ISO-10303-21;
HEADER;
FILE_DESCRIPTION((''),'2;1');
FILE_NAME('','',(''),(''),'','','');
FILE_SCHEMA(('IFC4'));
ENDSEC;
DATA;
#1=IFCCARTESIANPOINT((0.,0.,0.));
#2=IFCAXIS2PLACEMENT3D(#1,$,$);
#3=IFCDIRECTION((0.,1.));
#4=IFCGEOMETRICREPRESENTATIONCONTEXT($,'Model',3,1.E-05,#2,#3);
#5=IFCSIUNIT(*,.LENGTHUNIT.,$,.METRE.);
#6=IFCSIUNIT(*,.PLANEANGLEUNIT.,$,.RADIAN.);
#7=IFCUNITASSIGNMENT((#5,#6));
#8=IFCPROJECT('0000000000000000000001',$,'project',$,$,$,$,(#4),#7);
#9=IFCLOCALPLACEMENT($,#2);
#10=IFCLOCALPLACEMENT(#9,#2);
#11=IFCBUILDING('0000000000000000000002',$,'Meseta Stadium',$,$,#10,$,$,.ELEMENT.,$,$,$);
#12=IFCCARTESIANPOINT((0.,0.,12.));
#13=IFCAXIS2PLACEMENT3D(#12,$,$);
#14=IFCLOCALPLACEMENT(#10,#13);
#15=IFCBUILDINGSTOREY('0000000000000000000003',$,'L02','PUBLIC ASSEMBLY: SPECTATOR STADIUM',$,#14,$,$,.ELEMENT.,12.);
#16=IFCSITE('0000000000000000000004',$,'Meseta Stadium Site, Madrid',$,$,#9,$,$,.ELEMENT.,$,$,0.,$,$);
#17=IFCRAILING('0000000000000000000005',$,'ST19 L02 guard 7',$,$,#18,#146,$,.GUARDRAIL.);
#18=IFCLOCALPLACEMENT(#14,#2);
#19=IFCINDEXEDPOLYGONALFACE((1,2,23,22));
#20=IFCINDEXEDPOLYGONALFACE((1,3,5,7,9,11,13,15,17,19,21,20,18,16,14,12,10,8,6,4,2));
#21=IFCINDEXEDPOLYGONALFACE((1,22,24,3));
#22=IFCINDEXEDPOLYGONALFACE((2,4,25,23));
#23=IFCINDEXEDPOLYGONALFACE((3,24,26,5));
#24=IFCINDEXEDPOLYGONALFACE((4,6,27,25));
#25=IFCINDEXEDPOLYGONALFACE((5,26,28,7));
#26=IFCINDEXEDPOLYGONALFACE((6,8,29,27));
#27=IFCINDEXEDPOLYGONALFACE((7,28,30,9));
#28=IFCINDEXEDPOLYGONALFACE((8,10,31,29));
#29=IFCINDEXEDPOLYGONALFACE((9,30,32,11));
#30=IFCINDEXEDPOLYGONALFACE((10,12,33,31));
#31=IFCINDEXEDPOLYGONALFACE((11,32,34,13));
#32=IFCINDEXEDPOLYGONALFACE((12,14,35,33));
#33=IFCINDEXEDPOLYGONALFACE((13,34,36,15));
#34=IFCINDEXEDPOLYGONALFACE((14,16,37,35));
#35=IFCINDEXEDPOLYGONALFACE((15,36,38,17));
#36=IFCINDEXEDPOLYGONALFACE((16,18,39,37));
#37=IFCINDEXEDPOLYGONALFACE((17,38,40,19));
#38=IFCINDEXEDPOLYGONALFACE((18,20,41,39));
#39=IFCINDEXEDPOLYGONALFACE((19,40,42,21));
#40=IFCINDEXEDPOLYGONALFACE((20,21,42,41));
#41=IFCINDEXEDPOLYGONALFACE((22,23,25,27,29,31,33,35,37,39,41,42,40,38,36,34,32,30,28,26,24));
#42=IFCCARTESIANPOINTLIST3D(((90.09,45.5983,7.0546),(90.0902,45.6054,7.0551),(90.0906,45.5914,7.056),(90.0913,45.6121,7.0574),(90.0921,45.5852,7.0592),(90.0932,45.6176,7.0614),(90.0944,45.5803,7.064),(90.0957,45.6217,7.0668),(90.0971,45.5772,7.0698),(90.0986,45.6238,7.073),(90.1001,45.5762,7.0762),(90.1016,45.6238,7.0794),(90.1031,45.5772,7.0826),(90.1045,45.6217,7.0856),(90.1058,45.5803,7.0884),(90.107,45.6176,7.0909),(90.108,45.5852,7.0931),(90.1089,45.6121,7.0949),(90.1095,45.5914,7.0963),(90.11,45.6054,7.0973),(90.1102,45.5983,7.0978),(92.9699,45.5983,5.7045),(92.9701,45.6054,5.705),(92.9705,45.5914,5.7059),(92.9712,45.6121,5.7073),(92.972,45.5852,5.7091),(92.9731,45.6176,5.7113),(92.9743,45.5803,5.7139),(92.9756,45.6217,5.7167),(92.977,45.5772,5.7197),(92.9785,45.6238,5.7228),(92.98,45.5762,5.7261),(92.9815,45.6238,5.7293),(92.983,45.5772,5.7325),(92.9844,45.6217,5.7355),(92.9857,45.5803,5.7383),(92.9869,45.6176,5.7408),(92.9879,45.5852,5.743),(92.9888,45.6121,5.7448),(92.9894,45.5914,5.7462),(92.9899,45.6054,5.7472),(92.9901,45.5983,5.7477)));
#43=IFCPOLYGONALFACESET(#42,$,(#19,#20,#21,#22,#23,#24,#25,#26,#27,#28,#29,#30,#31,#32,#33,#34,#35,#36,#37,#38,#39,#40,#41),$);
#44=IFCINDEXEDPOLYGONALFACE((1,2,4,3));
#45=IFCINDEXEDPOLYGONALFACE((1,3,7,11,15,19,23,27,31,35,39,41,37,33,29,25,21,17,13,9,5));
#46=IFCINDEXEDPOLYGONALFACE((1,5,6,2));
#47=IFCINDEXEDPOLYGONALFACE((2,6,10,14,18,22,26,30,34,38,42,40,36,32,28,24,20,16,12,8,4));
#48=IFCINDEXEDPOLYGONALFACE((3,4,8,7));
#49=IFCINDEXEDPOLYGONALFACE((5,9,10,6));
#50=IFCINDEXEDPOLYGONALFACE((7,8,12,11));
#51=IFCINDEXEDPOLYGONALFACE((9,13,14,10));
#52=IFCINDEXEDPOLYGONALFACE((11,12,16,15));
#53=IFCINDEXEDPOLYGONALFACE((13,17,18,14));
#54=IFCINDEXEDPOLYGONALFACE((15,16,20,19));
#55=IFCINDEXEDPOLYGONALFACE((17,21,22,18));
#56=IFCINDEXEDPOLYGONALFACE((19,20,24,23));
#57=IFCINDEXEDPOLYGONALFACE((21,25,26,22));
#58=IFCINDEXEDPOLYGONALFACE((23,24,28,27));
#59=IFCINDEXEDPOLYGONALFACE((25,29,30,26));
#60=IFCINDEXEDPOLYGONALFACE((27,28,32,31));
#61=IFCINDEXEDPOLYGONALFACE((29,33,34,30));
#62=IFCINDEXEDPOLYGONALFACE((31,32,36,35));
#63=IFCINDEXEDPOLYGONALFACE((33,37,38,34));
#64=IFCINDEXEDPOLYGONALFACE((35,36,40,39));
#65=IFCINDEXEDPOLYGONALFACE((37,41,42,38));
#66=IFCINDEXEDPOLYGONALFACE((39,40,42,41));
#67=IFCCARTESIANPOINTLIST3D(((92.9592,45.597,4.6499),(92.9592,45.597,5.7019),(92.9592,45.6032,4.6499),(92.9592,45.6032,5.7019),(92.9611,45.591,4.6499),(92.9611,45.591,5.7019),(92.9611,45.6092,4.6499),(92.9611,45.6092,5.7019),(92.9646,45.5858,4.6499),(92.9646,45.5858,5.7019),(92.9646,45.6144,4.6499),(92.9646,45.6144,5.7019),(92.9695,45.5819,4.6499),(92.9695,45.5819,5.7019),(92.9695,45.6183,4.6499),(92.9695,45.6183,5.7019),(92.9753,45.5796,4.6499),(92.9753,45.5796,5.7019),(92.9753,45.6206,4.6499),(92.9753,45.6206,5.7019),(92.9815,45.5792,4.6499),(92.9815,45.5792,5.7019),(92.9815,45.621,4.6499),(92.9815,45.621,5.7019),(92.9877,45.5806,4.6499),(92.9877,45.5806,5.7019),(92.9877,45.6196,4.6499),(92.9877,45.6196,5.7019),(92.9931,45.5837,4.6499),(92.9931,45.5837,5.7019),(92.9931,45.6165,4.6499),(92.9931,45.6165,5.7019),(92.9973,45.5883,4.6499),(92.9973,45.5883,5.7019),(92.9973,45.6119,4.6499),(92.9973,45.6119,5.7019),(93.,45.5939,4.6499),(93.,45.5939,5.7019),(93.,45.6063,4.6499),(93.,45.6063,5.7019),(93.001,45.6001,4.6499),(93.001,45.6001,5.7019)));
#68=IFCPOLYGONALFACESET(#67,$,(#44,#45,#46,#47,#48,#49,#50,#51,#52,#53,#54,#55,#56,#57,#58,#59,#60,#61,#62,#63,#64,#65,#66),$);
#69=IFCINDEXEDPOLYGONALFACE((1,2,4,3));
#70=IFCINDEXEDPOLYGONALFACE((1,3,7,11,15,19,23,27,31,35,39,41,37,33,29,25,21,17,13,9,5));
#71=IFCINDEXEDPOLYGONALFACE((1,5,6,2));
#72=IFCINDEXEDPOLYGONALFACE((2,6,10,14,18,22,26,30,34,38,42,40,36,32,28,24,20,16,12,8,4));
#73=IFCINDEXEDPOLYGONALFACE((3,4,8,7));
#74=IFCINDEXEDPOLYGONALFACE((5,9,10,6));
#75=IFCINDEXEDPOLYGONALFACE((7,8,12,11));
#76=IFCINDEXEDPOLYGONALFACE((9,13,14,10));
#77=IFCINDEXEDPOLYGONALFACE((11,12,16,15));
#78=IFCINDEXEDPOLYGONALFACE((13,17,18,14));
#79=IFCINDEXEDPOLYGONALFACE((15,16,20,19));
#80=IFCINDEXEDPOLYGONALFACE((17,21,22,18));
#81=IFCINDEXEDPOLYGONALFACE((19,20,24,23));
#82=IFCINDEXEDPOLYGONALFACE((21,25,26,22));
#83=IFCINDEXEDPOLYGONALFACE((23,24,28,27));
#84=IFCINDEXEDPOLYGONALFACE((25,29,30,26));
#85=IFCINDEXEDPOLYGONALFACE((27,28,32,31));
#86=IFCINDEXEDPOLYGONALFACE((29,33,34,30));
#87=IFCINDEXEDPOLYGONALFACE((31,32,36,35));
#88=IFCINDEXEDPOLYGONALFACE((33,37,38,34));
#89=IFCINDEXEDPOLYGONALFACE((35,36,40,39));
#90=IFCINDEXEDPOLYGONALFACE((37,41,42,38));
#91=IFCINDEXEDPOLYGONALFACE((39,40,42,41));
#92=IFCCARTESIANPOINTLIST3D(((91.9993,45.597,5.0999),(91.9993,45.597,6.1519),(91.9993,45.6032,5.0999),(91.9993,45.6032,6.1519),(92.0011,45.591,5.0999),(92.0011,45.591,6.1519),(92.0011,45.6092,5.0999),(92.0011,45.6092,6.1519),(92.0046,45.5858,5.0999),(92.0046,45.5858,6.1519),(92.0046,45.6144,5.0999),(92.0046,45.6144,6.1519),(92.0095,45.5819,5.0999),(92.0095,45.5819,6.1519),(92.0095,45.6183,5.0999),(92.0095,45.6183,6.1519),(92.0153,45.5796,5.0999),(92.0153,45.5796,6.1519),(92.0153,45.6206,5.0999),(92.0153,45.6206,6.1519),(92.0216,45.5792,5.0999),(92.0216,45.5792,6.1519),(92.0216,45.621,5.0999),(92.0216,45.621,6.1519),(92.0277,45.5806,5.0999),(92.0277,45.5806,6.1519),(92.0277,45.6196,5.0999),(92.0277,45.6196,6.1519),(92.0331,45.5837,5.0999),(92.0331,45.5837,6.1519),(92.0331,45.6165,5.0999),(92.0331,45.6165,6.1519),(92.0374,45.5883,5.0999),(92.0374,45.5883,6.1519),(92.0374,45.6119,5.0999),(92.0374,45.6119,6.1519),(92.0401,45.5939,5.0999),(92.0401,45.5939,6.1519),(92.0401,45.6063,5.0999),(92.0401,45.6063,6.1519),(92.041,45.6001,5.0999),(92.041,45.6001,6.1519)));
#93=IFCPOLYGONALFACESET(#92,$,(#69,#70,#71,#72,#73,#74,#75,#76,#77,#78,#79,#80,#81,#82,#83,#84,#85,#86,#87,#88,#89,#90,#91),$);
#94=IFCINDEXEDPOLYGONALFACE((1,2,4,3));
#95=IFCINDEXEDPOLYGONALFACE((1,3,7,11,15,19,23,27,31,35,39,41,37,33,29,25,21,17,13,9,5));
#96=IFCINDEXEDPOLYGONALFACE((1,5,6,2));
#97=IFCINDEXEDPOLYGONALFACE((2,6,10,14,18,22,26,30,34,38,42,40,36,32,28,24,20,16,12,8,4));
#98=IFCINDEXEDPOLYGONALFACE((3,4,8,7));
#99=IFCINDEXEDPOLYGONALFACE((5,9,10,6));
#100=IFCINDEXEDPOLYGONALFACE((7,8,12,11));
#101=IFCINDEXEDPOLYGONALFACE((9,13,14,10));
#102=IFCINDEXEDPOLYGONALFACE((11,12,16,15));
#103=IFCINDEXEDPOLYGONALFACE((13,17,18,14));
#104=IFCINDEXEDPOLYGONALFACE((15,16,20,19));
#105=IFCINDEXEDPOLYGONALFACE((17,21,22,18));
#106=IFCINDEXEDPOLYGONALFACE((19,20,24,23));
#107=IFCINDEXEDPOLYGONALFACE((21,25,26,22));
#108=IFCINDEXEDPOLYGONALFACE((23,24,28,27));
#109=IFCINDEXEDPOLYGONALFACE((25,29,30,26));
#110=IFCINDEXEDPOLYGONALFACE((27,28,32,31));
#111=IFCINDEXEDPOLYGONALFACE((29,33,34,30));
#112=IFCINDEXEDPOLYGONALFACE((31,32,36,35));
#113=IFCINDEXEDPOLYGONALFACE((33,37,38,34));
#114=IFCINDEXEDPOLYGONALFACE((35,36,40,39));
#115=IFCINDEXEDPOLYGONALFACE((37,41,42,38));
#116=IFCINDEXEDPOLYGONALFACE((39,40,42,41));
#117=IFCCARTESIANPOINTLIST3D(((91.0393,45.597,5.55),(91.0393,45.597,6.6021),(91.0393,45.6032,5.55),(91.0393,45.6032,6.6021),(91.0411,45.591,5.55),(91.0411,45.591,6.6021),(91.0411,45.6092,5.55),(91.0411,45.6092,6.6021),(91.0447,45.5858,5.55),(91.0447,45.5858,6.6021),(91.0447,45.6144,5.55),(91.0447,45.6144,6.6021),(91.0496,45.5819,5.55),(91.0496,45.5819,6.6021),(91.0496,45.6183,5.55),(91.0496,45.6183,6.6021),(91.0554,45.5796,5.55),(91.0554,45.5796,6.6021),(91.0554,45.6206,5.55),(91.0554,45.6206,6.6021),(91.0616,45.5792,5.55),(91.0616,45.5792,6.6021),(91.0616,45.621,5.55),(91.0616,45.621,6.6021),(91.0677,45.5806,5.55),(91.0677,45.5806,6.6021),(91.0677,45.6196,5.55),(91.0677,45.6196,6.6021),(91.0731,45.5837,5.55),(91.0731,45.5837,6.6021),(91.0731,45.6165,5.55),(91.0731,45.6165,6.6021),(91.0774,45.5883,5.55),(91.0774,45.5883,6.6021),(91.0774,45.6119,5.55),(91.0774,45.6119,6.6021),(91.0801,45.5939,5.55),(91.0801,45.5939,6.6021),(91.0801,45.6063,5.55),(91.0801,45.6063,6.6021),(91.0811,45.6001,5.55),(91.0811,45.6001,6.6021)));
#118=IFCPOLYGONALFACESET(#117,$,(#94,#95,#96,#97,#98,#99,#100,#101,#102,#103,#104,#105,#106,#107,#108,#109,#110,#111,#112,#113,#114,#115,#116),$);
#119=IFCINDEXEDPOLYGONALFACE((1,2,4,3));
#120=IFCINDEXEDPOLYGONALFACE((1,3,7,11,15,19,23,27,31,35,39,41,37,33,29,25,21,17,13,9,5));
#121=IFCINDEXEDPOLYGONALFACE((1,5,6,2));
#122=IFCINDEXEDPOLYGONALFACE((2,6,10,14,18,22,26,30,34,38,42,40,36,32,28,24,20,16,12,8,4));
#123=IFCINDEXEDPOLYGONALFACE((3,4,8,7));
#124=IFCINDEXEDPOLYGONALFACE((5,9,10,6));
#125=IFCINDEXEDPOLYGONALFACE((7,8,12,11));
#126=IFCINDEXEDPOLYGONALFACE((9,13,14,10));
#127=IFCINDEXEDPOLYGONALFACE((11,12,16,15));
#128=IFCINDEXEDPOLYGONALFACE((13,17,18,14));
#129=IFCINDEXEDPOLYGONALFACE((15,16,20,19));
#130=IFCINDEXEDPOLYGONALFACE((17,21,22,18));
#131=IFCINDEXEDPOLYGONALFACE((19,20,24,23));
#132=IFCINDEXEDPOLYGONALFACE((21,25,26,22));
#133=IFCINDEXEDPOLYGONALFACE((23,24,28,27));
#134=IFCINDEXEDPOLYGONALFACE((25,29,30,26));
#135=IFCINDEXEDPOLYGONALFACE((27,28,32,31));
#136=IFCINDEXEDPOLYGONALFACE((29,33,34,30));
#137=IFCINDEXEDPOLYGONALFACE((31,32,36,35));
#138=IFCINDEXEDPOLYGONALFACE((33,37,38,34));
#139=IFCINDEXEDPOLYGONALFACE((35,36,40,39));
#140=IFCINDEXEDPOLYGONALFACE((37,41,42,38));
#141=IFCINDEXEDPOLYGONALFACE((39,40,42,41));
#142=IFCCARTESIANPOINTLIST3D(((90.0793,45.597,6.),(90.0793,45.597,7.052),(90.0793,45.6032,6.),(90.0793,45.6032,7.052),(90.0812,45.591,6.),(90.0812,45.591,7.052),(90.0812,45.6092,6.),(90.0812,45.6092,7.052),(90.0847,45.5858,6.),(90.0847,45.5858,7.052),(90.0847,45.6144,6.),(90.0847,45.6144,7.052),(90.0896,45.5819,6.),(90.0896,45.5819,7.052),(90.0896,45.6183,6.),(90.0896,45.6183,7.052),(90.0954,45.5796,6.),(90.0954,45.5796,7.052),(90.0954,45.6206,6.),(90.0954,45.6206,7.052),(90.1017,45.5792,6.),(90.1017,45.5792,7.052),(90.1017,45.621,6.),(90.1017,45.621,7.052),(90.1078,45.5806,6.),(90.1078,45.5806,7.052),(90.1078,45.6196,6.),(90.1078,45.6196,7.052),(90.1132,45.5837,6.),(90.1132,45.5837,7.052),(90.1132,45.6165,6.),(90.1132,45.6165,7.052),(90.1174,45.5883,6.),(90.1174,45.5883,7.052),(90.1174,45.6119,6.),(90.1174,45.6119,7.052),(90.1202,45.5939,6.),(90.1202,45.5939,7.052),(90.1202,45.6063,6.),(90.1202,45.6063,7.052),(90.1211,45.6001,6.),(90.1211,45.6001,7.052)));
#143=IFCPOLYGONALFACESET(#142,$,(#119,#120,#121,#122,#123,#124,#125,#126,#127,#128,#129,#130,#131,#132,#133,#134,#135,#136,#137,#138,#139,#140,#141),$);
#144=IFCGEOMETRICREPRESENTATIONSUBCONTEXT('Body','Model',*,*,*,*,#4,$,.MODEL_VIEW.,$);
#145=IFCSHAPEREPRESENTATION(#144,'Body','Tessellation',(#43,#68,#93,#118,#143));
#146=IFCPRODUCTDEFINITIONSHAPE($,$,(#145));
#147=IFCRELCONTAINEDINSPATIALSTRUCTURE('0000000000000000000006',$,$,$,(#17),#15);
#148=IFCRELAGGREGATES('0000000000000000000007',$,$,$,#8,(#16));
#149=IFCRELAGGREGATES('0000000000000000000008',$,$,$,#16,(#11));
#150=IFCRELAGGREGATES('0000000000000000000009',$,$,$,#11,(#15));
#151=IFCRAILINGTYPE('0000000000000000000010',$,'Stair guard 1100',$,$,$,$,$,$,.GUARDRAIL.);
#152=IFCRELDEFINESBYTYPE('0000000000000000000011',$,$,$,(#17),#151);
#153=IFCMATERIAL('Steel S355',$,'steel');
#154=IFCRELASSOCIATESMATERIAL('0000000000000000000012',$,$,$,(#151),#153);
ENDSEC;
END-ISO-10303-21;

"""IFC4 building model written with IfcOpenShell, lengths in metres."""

from ifc_helpers import new_model, si_unit, direction, frame, origin, origin_2d, place, context, subcontext, project, spatial, circle, extrude, material, type_object, element, save


model = new_model("IFC4")

# Units and contexts
model_context = context("Model", 3, precision=1e-05, world=origin(), true_north=direction((0.0, 1.0)))
body_context = subcontext(model_context, "Body", "Model", "MODEL_VIEW")
ifc_project = project(units=[si_unit("LENGTHUNIT", "METRE"), si_unit("PLANEANGLEUNIT", "RADIAN")], contexts=[model_context])

# Site, building, storey
site_placement = place(None, origin())
site = spatial("IfcSite", under=ifc_project, at=site_placement, Name="Meseta Stadium Site, Madrid", CompositionType="ELEMENT", RefElevation=0.0)
building_placement = place(site_placement, origin())
building = spatial("IfcBuilding", under=site, at=building_placement, Name="Meseta Stadium", CompositionType="ELEMENT")
storey_placement = place(building_placement, frame((0.0, 0.0, 12.0)))
storey = spatial("IfcBuildingStorey", under=building, at=storey_placement, Name="L02", Description="PUBLIC ASSEMBLY: SPECTATOR STADIUM", CompositionType="ELEMENT", Elevation=12.0)

# Railing
ifc_material_1 = material(Name="Steel S355", Category="steel")
railing_type_1 = type_object("IfcRailingType", Name="Stair guard 1100", PredefinedType="GUARDRAIL", material=ifc_material_1)
railing_1_placement = place(storey_placement, frame((92.98, 45.6001, 4.6499)))
element("IfcRailing", 1, at=railing_1_placement, inside=storey, type_object=railing_type_1, Name="ST19 L02 guard 7", PredefinedType="GUARDRAIL", context=body_context, shape_type="SweptSolid", body=[
    extrude(circle(Radius=0.0239, at=origin_2d()), frame((0.0, 0.0, 1.0762), z_axis=(-0.90544, 0.0, 0.424473), x_axis=(0.0, -1.0, 0.0)), (0.0, 0.0, 1.0), 3.1807),
    extrude(circle(Radius=0.021, at=origin_2d()), origin(), (0.0, 0.0, 1.0), 1.052),
    extrude(circle(Radius=0.021, at=origin_2d()), frame((-0.96, 0.0, 0.45)), (0.0, 0.0, 1.0), 1.052),
    extrude(circle(Radius=0.021, at=origin_2d()), frame((-1.9199, 0.0, 0.9001)), (0.0, 0.0, 1.0), 1.052),
    extrude(circle(Radius=0.021, at=origin_2d()), frame((-2.8799, 0.0, 1.3501)), (0.0, 0.0, 1.0), 1.052),
])

save(model, "model.ifc")
